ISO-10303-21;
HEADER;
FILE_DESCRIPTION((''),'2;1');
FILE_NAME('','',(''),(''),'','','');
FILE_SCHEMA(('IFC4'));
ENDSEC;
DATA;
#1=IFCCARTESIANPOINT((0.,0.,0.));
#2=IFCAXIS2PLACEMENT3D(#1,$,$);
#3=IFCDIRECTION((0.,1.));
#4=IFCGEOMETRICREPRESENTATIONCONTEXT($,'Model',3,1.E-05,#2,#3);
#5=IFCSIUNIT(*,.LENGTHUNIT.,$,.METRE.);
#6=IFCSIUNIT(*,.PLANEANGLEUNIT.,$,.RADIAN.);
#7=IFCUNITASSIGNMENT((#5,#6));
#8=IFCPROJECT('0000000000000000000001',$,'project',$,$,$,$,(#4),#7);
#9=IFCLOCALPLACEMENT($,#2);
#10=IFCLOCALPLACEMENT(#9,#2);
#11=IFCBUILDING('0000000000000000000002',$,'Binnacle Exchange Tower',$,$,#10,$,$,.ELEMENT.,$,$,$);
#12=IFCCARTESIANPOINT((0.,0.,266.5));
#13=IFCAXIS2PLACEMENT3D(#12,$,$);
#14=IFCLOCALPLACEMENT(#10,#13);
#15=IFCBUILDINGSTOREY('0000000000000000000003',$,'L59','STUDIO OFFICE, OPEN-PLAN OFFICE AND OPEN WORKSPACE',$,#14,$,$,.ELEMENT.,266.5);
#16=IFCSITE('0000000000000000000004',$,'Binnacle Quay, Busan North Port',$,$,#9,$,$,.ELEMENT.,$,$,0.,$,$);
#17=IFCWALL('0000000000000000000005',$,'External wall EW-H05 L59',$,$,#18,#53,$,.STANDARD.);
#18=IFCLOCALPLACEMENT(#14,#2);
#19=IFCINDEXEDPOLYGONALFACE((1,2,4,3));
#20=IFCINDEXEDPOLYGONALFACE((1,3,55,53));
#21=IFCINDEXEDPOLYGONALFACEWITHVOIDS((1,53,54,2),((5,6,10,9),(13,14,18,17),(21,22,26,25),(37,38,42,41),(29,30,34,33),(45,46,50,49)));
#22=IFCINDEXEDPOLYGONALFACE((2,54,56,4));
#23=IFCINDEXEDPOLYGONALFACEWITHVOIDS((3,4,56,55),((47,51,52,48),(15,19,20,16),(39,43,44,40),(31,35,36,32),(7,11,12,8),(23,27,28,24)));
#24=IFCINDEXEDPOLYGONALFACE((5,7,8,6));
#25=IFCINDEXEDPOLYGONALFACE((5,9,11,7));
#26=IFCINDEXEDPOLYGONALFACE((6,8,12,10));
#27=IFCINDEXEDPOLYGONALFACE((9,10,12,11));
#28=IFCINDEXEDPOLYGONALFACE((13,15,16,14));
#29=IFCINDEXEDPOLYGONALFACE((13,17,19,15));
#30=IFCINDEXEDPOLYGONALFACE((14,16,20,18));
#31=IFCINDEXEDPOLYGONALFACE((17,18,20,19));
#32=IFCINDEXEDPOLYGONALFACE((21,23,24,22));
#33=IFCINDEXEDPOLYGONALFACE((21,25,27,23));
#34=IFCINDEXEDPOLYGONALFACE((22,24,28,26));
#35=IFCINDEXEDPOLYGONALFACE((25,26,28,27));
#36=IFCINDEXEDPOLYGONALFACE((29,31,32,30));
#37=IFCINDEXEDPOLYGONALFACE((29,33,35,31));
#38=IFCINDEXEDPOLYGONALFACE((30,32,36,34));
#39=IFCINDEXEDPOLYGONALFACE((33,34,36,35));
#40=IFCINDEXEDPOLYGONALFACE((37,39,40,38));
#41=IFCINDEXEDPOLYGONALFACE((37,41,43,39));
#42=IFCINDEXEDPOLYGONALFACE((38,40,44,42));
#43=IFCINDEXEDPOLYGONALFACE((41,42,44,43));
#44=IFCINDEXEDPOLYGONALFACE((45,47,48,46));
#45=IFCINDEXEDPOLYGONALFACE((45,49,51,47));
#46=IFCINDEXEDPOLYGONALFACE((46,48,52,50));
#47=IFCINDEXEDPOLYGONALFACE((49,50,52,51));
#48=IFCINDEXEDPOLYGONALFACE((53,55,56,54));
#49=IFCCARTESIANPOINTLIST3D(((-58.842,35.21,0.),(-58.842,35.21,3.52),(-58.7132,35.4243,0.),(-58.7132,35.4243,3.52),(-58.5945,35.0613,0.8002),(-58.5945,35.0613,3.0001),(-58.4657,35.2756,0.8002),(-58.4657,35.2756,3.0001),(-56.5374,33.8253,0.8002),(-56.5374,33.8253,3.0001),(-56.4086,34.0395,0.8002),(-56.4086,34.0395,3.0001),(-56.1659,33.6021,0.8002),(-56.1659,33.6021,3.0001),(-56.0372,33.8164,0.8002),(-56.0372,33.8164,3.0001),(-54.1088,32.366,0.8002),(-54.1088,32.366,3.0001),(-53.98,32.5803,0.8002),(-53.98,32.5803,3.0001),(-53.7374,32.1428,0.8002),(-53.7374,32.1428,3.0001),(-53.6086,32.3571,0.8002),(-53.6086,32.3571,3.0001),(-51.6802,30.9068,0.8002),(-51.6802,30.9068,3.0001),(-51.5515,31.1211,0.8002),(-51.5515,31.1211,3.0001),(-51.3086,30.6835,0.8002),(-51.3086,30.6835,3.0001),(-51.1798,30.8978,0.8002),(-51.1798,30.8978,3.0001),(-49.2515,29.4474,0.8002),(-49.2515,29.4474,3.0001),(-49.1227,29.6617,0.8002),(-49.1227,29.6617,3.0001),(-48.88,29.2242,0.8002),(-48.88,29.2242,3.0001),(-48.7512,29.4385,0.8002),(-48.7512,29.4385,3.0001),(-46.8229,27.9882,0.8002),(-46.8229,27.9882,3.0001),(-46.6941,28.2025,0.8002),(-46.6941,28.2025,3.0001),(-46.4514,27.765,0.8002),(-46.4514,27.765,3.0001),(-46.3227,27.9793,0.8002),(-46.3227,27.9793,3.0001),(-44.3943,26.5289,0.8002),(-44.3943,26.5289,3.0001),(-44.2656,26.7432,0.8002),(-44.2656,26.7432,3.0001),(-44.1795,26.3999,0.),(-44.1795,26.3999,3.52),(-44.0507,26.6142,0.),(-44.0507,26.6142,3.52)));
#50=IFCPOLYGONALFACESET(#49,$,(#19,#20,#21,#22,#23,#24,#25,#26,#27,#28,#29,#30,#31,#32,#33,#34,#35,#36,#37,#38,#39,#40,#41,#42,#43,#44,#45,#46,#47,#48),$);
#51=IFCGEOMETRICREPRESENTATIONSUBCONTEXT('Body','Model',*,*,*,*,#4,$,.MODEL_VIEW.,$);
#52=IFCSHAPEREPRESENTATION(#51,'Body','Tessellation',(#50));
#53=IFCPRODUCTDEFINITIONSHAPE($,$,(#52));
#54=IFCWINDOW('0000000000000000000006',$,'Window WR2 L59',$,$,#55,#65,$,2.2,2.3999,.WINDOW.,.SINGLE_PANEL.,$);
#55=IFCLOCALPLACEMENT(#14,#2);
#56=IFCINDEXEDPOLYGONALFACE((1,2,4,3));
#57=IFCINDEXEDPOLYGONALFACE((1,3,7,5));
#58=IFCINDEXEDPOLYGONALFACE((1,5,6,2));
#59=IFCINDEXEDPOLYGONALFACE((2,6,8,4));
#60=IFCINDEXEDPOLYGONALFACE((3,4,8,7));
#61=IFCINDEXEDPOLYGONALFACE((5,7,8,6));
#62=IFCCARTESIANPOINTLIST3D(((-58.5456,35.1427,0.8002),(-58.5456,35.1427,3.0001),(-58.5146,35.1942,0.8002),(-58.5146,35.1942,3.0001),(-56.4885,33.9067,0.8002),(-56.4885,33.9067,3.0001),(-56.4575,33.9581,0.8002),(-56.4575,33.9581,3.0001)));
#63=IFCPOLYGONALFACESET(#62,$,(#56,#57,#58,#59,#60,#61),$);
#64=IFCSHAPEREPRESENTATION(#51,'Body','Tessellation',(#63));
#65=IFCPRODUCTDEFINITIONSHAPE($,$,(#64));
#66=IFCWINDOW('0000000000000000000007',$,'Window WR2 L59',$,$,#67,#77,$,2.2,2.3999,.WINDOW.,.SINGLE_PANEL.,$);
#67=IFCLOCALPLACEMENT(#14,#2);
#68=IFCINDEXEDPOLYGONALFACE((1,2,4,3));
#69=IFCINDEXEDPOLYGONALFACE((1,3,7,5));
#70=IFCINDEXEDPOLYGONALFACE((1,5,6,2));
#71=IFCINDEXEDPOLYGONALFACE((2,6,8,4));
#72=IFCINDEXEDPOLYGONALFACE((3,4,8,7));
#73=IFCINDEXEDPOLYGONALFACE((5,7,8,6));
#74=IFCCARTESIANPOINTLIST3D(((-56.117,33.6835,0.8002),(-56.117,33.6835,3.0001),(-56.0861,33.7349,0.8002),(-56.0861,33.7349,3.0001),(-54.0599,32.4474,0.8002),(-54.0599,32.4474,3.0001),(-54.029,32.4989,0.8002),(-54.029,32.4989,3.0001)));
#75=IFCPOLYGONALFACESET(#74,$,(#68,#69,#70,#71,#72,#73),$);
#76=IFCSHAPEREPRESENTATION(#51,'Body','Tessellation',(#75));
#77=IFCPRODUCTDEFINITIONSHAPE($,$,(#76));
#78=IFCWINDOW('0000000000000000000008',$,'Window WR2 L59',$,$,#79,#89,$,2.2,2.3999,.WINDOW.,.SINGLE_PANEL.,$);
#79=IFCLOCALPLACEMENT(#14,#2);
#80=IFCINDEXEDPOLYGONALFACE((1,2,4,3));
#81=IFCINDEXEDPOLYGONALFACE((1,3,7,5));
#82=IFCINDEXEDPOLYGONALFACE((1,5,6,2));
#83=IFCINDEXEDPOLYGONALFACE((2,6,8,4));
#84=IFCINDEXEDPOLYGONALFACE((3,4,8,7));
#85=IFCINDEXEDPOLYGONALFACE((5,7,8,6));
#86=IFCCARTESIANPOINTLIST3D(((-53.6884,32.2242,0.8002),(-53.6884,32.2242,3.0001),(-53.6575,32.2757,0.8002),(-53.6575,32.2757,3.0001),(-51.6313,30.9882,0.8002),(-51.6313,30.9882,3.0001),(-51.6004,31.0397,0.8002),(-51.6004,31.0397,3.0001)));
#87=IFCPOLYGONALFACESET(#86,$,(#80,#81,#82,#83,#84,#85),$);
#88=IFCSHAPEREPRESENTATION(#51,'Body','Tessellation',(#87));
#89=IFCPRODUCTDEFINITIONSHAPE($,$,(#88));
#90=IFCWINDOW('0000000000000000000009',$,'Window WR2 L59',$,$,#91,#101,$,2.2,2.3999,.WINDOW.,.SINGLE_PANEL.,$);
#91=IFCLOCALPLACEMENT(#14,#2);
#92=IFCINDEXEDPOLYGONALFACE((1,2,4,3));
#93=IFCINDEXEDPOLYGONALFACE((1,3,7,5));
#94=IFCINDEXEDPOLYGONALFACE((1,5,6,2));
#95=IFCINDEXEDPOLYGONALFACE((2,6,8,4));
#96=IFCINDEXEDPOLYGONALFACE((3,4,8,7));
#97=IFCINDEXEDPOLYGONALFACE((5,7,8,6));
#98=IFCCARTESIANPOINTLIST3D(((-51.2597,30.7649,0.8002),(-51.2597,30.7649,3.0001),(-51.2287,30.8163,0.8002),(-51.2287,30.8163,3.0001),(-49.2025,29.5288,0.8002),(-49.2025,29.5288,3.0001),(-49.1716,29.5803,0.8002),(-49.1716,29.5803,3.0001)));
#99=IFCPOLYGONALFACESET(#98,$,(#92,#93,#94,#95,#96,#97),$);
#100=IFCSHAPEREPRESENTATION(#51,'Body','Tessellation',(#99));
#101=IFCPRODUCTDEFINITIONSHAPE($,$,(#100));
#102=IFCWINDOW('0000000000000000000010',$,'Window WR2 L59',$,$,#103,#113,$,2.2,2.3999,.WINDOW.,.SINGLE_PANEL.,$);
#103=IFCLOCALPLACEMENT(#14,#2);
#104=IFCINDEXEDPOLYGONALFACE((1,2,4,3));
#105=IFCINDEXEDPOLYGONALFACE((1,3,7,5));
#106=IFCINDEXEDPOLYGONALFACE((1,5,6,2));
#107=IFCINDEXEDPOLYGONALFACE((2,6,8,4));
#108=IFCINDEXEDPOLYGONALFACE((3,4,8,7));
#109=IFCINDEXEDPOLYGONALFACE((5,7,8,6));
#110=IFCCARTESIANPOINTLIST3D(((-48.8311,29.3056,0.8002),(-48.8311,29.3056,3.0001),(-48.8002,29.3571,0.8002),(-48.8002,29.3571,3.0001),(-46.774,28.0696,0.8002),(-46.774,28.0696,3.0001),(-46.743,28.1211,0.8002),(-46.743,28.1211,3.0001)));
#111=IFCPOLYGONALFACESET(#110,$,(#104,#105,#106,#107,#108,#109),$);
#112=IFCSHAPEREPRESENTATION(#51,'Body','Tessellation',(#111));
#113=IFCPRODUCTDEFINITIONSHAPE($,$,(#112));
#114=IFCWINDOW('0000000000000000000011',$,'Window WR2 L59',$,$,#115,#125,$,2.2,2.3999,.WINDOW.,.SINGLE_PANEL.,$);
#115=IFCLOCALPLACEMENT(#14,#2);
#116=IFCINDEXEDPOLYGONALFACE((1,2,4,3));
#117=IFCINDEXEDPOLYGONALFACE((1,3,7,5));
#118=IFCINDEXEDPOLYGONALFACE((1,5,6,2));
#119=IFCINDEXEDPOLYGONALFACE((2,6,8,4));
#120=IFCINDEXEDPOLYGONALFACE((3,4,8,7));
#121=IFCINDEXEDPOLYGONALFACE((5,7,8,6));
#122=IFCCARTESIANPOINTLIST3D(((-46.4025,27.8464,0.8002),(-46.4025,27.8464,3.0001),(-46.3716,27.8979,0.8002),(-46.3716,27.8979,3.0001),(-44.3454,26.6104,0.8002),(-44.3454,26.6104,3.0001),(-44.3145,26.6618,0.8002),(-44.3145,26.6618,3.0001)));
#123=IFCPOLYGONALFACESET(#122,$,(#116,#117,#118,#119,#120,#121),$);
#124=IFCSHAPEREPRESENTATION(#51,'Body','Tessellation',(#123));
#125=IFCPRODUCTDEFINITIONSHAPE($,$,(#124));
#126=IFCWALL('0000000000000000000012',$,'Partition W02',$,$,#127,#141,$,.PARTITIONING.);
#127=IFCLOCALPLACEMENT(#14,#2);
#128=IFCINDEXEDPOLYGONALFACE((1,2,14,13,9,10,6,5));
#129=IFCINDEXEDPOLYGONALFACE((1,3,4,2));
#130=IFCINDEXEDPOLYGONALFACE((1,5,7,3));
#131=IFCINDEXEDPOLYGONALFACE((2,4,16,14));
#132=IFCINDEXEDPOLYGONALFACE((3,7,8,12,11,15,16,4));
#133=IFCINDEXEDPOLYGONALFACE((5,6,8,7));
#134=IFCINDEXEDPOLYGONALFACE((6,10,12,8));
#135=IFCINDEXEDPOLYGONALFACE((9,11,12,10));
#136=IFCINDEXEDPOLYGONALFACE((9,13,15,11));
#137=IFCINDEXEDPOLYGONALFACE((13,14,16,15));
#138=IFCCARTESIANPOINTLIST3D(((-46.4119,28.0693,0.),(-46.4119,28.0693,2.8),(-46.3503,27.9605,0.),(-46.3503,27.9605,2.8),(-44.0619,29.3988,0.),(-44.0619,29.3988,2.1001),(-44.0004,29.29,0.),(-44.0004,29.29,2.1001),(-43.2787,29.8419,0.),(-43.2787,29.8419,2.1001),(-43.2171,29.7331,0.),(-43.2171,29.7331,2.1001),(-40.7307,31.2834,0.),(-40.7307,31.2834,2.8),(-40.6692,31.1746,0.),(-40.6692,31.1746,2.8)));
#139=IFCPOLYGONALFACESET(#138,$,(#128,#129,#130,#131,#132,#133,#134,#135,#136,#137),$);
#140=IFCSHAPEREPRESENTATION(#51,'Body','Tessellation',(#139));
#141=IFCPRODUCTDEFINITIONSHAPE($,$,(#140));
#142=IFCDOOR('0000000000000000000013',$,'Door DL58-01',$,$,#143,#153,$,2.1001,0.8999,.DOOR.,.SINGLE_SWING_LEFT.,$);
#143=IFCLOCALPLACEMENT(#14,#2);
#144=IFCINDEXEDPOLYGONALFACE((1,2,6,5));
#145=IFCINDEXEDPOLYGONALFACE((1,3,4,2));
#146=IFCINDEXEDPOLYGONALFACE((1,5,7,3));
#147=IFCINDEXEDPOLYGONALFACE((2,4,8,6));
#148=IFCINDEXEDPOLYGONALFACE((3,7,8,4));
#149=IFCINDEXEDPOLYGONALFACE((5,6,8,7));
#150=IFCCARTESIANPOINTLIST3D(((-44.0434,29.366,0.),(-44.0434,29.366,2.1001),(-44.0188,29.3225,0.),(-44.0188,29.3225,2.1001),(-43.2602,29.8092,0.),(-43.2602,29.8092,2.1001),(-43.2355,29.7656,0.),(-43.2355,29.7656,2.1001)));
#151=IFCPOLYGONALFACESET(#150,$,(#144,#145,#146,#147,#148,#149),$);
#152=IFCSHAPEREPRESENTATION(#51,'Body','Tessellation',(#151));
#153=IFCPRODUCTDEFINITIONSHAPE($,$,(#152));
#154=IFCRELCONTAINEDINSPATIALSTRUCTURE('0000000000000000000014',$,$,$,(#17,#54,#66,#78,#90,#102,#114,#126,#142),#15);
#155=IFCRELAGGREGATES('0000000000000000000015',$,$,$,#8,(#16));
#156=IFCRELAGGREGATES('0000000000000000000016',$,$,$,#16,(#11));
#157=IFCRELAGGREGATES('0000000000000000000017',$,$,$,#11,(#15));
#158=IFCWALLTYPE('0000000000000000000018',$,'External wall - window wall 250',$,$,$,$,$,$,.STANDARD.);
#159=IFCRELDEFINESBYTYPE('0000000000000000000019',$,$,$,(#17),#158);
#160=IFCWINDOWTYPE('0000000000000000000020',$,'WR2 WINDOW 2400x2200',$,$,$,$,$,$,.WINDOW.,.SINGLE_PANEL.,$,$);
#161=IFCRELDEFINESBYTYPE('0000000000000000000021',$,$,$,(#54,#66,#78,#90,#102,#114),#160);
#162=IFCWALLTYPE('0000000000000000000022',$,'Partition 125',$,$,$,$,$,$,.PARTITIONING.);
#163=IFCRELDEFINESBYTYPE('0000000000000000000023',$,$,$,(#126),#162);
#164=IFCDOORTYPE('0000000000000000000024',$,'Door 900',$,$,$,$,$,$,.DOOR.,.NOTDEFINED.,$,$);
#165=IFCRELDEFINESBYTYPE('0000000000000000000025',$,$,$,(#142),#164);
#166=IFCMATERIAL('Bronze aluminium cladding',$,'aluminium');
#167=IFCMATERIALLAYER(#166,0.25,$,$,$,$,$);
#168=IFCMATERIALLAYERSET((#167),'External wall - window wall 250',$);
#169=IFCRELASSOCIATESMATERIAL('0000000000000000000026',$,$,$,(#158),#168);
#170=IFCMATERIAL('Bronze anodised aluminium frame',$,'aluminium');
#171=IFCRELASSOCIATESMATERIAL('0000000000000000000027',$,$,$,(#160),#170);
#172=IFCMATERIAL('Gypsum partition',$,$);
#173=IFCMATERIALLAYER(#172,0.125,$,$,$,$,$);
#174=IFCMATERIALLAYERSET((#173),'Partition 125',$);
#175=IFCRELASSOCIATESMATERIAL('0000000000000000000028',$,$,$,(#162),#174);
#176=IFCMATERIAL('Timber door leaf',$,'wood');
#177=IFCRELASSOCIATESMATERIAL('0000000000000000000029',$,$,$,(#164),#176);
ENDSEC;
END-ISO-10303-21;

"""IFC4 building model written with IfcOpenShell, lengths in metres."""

from ifc_helpers import new_model, si_unit, direction, frame, frame_2d, origin, place, context, subcontext, project, spatial, rectangle, extrude, material, layer, layer_set, type_object, element, fill, save


model = new_model("IFC4")

# Units and contexts
model_context = context("Model", 3, precision=1e-05, world=origin(), true_north=direction((0.0, 1.0)))
body_context = subcontext(model_context, "Body", "Model", "MODEL_VIEW")
ifc_project = project(units=[si_unit("LENGTHUNIT", "METRE"), si_unit("PLANEANGLEUNIT", "RADIAN")], contexts=[model_context])

# Site, building, storey
site_placement = place(None, origin())
site = spatial("IfcSite", under=ifc_project, at=site_placement, Name="Binnacle Quay, Busan North Port", CompositionType="ELEMENT", RefElevation=0.0)
building_placement = place(site_placement, origin())
building = spatial("IfcBuilding", under=site, at=building_placement, Name="Binnacle Exchange Tower", CompositionType="ELEMENT")
storey_placement = place(building_placement, frame((0.0, 0.0, 266.5)))
storey = spatial("IfcBuildingStorey", under=building, at=storey_placement, Name="L59", Description="STUDIO OFFICE, OPEN-PLAN OFFICE AND OPEN WORKSPACE", CompositionType="ELEMENT", Elevation=266.5)

# Shared definitions
ifc_material_1 = material(Name="Bronze aluminium cladding", Category="aluminium")
ifc_layer_1 = layer(ifc_material_1, 0.25)
ifc_layer_set_1 = layer_set([ifc_layer_1], Name="External wall - window wall 250")
wall_type_1 = type_object("IfcWallType", Name="External wall - window wall 250", PredefinedType="STANDARD", material=ifc_layer_set_1)

# Wall, openings, windows
wall_1_placement = place(storey_placement, frame((-44.1152, 26.5071, 0.0), z_axis=(0.0, 0.0, 1.0), x_axis=(-0.857167, 0.515039, 0.0)))
wall_1 = element("IfcWall", 1, at=wall_1_placement, inside=storey, type_object=wall_type_1, Name="External wall EW-H05 L59", PredefinedType="STANDARD", context=body_context, shape_type="SweptSolid", body=[
    extrude(rectangle(XDim=17.1057, YDim=0.25, at=frame_2d((8.5527, 0.0))), origin(), (0.0, 0.0, 1.0), 3.52),
])
opening_1_placement = place(wall_1_placement, frame((14.417, 0.0, 0.8)))
opening_1 = element("IfcOpeningElement", 2, at=opening_1_placement, cuts=wall_1, PredefinedType="OPENING", context=body_context, shape_type="SweptSolid", body=[
    extrude(rectangle(XDim=2.3999, YDim=2.2, at=frame_2d((1.2, 1.1001))), frame((0.0, 0.135, 0.0), z_axis=(0.0, -1.0, 0.0), x_axis=(1.0, 0.0, 0.0)), (0.0, 0.0, 1.0), 0.27),
])
opening_2_placement = place(wall_1_placement, frame((11.5837, 0.0, 0.8)))
opening_2 = element("IfcOpeningElement", 3, at=opening_2_placement, cuts=wall_1, PredefinedType="OPENING", context=body_context, shape_type="SweptSolid", body=[
    extrude(rectangle(XDim=2.3999, YDim=2.2, at=frame_2d((1.2, 1.1001))), frame((0.0, 0.135, 0.0), z_axis=(0.0, -1.0, 0.0), x_axis=(1.0, 0.0, 0.0)), (0.0, 0.0, 1.0), 0.27),
])
opening_3_placement = place(wall_1_placement, frame((8.7505, 0.0, 0.8)))
opening_3 = element("IfcOpeningElement", 4, at=opening_3_placement, cuts=wall_1, PredefinedType="OPENING", context=body_context, shape_type="SweptSolid", body=[
    extrude(rectangle(XDim=2.3999, YDim=2.2, at=frame_2d((1.2, 1.1001))), frame((0.0, 0.135, 0.0), z_axis=(0.0, -1.0, 0.0), x_axis=(1.0, 0.0, 0.0)), (0.0, 0.0, 1.0), 0.27),
])
opening_4_placement = place(wall_1_placement, frame((5.917, 0.0, 0.8)))
opening_4 = element("IfcOpeningElement", 5, at=opening_4_placement, cuts=wall_1, PredefinedType="OPENING", context=body_context, shape_type="SweptSolid", body=[
    extrude(rectangle(XDim=2.3999, YDim=2.2, at=frame_2d((1.2, 1.1001))), frame((0.0, 0.135, 0.0), z_axis=(0.0, -1.0, 0.0), x_axis=(1.0, 0.0, 0.0)), (0.0, 0.0, 1.0), 0.27),
])
opening_5_placement = place(wall_1_placement, frame((3.0837, 0.0, 0.8)))
opening_5 = element("IfcOpeningElement", 6, at=opening_5_placement, cuts=wall_1, PredefinedType="OPENING", context=body_context, shape_type="SweptSolid", body=[
    extrude(rectangle(XDim=2.3999, YDim=2.2, at=frame_2d((1.2, 1.1001))), frame((0.0, 0.135, 0.0), z_axis=(0.0, -1.0, 0.0), x_axis=(1.0, 0.0, 0.0)), (0.0, 0.0, 1.0), 0.27),
])
opening_6_placement = place(wall_1_placement, frame((0.2505, 0.0, 0.8)))
opening_6 = element("IfcOpeningElement", 7, at=opening_6_placement, cuts=wall_1, PredefinedType="OPENING", context=body_context, shape_type="SweptSolid", body=[
    extrude(rectangle(XDim=2.3999, YDim=2.2, at=frame_2d((1.2, 1.1001))), frame((0.0, 0.135, 0.0), z_axis=(0.0, -1.0, 0.0), x_axis=(1.0, 0.0, 0.0)), (0.0, 0.0, 1.0), 0.27),
])
ifc_material_2 = material(Name="Bronze anodised aluminium frame", Category="aluminium")
window_type = type_object("IfcWindowType", Name="WR2 WINDOW 2400x2200", PartitioningType="SINGLE_PANEL", PredefinedType="WINDOW", material=ifc_material_2)
window_1_placement = place(opening_1_placement, origin())
window_1 = element("IfcWindow", 8, at=window_1_placement, inside=storey, type_object=window_type, Name="Window WR2 L59", OverallHeight=2.2, OverallWidth=2.3999, PartitioningType="SINGLE_PANEL", PredefinedType="WINDOW", context=body_context, shape_type="SweptSolid", body=[
    extrude(rectangle(XDim=2.3999, YDim=2.2, at=frame_2d((1.2, 1.1001))), frame((0.0, 0.03, 0.0), z_axis=(0.0, -1.0, 0.0), x_axis=(1.0, 0.0, 0.0)), (0.0, 0.0, 1.0), 0.0601),
])
fill(opening_1, window_1)
window_2_placement = place(opening_2_placement, origin())
window_2 = element("IfcWindow", 9, at=window_2_placement, inside=storey, type_object=window_type, Name="Window WR2 L59", OverallHeight=2.2, OverallWidth=2.3999, PartitioningType="SINGLE_PANEL", PredefinedType="WINDOW", context=body_context, shape_type="SweptSolid", body=[
    extrude(rectangle(XDim=2.3999, YDim=2.2, at=frame_2d((1.2, 1.1001))), frame((0.0, 0.03, 0.0), z_axis=(0.0, -1.0, 0.0), x_axis=(1.0, 0.0, 0.0)), (0.0, 0.0, 1.0), 0.0601),
])
fill(opening_2, window_2)
window_3_placement = place(opening_3_placement, origin())
window_3 = element("IfcWindow", 10, at=window_3_placement, inside=storey, type_object=window_type, Name="Window WR2 L59", OverallHeight=2.2, OverallWidth=2.3999, PartitioningType="SINGLE_PANEL", PredefinedType="WINDOW", context=body_context, shape_type="SweptSolid", body=[
    extrude(rectangle(XDim=2.3999, YDim=2.2, at=frame_2d((1.2, 1.1001))), frame((0.0, 0.03, 0.0), z_axis=(0.0, -1.0, 0.0), x_axis=(1.0, 0.0, 0.0)), (0.0, 0.0, 1.0), 0.0601),
])
fill(opening_3, window_3)
window_4_placement = place(opening_4_placement, origin())
window_4 = element("IfcWindow", 11, at=window_4_placement, inside=storey, type_object=window_type, Name="Window WR2 L59", OverallHeight=2.2, OverallWidth=2.3999, PartitioningType="SINGLE_PANEL", PredefinedType="WINDOW", context=body_context, shape_type="SweptSolid", body=[
    extrude(rectangle(XDim=2.3999, YDim=2.2, at=frame_2d((1.2, 1.1001))), frame((0.0, 0.03, 0.0), z_axis=(0.0, -1.0, 0.0), x_axis=(1.0, 0.0, 0.0)), (0.0, 0.0, 1.0), 0.0601),
])
fill(opening_4, window_4)
window_5_placement = place(opening_5_placement, origin())
window_5 = element("IfcWindow", 12, at=window_5_placement, inside=storey, type_object=window_type, Name="Window WR2 L59", OverallHeight=2.2, OverallWidth=2.3999, PartitioningType="SINGLE_PANEL", PredefinedType="WINDOW", context=body_context, shape_type="SweptSolid", body=[
    extrude(rectangle(XDim=2.3999, YDim=2.2, at=frame_2d((1.2, 1.1001))), frame((0.0, 0.03, 0.0), z_axis=(0.0, -1.0, 0.0), x_axis=(1.0, 0.0, 0.0)), (0.0, 0.0, 1.0), 0.0601),
])
fill(opening_5, window_5)
window_6_placement = place(opening_6_placement, origin())
window_6 = element("IfcWindow", 13, at=window_6_placement, inside=storey, type_object=window_type, Name="Window WR2 L59", OverallHeight=2.2, OverallWidth=2.3999, PartitioningType="SINGLE_PANEL", PredefinedType="WINDOW", context=body_context, shape_type="SweptSolid", body=[
    extrude(rectangle(XDim=2.3999, YDim=2.2, at=frame_2d((1.2, 1.1001))), frame((0.0, 0.03, 0.0), z_axis=(0.0, -1.0, 0.0), x_axis=(1.0, 0.0, 0.0)), (0.0, 0.0, 1.0), 0.0601),
])
fill(opening_6, window_6)

# Wall, opening, door
ifc_material_3 = material(Name="Gypsum partition")
ifc_layer_2 = layer(ifc_material_3, 0.125)
ifc_layer_set_2 = layer_set([ifc_layer_2], Name="Partition 125")
wall_type_2 = type_object("IfcWallType", Name="Partition 125", PredefinedType="PARTITIONING", material=ifc_layer_set_2)
wall_2_placement = place(storey_placement, frame((-46.3811, 28.0149, 0.0), z_axis=(0.0, 0.0, 1.0), x_axis=(0.870364, 0.492408, 0.0)))
wall_2 = element("IfcWall", 14, at=wall_2_placement, inside=storey, type_object=wall_type_2, Name="Partition W02", PredefinedType="PARTITIONING", context=body_context, shape_type="SweptSolid", body=[
    extrude(rectangle(XDim=6.5273, YDim=0.125, at=frame_2d((3.2637, 0.0))), origin(), (0.0, 0.0, 1.0), 2.8),
])
opening_7_placement = place(wall_2_placement, frame((2.7, 0.0, 0.0)))
opening_7 = element("IfcOpeningElement", 15, at=opening_7_placement, cuts=wall_2, PredefinedType="OPENING", context=body_context, shape_type="SweptSolid", body=[
    extrude(rectangle(XDim=0.8999, YDim=2.1001, at=frame_2d((0.45, 1.05))), frame((0.0, 0.0725, 0.0), z_axis=(0.0, -1.0, 0.0), x_axis=(1.0, 0.0, 0.0)), (0.0, 0.0, 1.0), 0.145),
])
ifc_material_4 = material(Name="Timber door leaf", Category="wood")
door_type_1 = type_object("IfcDoorType", Name="Door 900", OperationType="NOTDEFINED", PredefinedType="DOOR", material=ifc_material_4)
door_1_placement = place(opening_7_placement, origin())
door_1 = element("IfcDoor", 16, at=door_1_placement, inside=storey, type_object=door_type_1, Name="Door DL58-01", OperationType="SINGLE_SWING_LEFT", OverallHeight=2.1001, OverallWidth=0.8999, PredefinedType="DOOR", context=body_context, shape_type="SweptSolid", body=[
    extrude(rectangle(XDim=0.8999, YDim=2.1001, at=frame_2d((0.45, 1.05))), frame((0.0, 0.0249, 0.0), z_axis=(0.0, -1.0, 0.0), x_axis=(1.0, 0.0, 0.0)), (0.0, 0.0, 1.0), 0.05),
])
fill(opening_7, door_1)

save(model, "model.ifc")
